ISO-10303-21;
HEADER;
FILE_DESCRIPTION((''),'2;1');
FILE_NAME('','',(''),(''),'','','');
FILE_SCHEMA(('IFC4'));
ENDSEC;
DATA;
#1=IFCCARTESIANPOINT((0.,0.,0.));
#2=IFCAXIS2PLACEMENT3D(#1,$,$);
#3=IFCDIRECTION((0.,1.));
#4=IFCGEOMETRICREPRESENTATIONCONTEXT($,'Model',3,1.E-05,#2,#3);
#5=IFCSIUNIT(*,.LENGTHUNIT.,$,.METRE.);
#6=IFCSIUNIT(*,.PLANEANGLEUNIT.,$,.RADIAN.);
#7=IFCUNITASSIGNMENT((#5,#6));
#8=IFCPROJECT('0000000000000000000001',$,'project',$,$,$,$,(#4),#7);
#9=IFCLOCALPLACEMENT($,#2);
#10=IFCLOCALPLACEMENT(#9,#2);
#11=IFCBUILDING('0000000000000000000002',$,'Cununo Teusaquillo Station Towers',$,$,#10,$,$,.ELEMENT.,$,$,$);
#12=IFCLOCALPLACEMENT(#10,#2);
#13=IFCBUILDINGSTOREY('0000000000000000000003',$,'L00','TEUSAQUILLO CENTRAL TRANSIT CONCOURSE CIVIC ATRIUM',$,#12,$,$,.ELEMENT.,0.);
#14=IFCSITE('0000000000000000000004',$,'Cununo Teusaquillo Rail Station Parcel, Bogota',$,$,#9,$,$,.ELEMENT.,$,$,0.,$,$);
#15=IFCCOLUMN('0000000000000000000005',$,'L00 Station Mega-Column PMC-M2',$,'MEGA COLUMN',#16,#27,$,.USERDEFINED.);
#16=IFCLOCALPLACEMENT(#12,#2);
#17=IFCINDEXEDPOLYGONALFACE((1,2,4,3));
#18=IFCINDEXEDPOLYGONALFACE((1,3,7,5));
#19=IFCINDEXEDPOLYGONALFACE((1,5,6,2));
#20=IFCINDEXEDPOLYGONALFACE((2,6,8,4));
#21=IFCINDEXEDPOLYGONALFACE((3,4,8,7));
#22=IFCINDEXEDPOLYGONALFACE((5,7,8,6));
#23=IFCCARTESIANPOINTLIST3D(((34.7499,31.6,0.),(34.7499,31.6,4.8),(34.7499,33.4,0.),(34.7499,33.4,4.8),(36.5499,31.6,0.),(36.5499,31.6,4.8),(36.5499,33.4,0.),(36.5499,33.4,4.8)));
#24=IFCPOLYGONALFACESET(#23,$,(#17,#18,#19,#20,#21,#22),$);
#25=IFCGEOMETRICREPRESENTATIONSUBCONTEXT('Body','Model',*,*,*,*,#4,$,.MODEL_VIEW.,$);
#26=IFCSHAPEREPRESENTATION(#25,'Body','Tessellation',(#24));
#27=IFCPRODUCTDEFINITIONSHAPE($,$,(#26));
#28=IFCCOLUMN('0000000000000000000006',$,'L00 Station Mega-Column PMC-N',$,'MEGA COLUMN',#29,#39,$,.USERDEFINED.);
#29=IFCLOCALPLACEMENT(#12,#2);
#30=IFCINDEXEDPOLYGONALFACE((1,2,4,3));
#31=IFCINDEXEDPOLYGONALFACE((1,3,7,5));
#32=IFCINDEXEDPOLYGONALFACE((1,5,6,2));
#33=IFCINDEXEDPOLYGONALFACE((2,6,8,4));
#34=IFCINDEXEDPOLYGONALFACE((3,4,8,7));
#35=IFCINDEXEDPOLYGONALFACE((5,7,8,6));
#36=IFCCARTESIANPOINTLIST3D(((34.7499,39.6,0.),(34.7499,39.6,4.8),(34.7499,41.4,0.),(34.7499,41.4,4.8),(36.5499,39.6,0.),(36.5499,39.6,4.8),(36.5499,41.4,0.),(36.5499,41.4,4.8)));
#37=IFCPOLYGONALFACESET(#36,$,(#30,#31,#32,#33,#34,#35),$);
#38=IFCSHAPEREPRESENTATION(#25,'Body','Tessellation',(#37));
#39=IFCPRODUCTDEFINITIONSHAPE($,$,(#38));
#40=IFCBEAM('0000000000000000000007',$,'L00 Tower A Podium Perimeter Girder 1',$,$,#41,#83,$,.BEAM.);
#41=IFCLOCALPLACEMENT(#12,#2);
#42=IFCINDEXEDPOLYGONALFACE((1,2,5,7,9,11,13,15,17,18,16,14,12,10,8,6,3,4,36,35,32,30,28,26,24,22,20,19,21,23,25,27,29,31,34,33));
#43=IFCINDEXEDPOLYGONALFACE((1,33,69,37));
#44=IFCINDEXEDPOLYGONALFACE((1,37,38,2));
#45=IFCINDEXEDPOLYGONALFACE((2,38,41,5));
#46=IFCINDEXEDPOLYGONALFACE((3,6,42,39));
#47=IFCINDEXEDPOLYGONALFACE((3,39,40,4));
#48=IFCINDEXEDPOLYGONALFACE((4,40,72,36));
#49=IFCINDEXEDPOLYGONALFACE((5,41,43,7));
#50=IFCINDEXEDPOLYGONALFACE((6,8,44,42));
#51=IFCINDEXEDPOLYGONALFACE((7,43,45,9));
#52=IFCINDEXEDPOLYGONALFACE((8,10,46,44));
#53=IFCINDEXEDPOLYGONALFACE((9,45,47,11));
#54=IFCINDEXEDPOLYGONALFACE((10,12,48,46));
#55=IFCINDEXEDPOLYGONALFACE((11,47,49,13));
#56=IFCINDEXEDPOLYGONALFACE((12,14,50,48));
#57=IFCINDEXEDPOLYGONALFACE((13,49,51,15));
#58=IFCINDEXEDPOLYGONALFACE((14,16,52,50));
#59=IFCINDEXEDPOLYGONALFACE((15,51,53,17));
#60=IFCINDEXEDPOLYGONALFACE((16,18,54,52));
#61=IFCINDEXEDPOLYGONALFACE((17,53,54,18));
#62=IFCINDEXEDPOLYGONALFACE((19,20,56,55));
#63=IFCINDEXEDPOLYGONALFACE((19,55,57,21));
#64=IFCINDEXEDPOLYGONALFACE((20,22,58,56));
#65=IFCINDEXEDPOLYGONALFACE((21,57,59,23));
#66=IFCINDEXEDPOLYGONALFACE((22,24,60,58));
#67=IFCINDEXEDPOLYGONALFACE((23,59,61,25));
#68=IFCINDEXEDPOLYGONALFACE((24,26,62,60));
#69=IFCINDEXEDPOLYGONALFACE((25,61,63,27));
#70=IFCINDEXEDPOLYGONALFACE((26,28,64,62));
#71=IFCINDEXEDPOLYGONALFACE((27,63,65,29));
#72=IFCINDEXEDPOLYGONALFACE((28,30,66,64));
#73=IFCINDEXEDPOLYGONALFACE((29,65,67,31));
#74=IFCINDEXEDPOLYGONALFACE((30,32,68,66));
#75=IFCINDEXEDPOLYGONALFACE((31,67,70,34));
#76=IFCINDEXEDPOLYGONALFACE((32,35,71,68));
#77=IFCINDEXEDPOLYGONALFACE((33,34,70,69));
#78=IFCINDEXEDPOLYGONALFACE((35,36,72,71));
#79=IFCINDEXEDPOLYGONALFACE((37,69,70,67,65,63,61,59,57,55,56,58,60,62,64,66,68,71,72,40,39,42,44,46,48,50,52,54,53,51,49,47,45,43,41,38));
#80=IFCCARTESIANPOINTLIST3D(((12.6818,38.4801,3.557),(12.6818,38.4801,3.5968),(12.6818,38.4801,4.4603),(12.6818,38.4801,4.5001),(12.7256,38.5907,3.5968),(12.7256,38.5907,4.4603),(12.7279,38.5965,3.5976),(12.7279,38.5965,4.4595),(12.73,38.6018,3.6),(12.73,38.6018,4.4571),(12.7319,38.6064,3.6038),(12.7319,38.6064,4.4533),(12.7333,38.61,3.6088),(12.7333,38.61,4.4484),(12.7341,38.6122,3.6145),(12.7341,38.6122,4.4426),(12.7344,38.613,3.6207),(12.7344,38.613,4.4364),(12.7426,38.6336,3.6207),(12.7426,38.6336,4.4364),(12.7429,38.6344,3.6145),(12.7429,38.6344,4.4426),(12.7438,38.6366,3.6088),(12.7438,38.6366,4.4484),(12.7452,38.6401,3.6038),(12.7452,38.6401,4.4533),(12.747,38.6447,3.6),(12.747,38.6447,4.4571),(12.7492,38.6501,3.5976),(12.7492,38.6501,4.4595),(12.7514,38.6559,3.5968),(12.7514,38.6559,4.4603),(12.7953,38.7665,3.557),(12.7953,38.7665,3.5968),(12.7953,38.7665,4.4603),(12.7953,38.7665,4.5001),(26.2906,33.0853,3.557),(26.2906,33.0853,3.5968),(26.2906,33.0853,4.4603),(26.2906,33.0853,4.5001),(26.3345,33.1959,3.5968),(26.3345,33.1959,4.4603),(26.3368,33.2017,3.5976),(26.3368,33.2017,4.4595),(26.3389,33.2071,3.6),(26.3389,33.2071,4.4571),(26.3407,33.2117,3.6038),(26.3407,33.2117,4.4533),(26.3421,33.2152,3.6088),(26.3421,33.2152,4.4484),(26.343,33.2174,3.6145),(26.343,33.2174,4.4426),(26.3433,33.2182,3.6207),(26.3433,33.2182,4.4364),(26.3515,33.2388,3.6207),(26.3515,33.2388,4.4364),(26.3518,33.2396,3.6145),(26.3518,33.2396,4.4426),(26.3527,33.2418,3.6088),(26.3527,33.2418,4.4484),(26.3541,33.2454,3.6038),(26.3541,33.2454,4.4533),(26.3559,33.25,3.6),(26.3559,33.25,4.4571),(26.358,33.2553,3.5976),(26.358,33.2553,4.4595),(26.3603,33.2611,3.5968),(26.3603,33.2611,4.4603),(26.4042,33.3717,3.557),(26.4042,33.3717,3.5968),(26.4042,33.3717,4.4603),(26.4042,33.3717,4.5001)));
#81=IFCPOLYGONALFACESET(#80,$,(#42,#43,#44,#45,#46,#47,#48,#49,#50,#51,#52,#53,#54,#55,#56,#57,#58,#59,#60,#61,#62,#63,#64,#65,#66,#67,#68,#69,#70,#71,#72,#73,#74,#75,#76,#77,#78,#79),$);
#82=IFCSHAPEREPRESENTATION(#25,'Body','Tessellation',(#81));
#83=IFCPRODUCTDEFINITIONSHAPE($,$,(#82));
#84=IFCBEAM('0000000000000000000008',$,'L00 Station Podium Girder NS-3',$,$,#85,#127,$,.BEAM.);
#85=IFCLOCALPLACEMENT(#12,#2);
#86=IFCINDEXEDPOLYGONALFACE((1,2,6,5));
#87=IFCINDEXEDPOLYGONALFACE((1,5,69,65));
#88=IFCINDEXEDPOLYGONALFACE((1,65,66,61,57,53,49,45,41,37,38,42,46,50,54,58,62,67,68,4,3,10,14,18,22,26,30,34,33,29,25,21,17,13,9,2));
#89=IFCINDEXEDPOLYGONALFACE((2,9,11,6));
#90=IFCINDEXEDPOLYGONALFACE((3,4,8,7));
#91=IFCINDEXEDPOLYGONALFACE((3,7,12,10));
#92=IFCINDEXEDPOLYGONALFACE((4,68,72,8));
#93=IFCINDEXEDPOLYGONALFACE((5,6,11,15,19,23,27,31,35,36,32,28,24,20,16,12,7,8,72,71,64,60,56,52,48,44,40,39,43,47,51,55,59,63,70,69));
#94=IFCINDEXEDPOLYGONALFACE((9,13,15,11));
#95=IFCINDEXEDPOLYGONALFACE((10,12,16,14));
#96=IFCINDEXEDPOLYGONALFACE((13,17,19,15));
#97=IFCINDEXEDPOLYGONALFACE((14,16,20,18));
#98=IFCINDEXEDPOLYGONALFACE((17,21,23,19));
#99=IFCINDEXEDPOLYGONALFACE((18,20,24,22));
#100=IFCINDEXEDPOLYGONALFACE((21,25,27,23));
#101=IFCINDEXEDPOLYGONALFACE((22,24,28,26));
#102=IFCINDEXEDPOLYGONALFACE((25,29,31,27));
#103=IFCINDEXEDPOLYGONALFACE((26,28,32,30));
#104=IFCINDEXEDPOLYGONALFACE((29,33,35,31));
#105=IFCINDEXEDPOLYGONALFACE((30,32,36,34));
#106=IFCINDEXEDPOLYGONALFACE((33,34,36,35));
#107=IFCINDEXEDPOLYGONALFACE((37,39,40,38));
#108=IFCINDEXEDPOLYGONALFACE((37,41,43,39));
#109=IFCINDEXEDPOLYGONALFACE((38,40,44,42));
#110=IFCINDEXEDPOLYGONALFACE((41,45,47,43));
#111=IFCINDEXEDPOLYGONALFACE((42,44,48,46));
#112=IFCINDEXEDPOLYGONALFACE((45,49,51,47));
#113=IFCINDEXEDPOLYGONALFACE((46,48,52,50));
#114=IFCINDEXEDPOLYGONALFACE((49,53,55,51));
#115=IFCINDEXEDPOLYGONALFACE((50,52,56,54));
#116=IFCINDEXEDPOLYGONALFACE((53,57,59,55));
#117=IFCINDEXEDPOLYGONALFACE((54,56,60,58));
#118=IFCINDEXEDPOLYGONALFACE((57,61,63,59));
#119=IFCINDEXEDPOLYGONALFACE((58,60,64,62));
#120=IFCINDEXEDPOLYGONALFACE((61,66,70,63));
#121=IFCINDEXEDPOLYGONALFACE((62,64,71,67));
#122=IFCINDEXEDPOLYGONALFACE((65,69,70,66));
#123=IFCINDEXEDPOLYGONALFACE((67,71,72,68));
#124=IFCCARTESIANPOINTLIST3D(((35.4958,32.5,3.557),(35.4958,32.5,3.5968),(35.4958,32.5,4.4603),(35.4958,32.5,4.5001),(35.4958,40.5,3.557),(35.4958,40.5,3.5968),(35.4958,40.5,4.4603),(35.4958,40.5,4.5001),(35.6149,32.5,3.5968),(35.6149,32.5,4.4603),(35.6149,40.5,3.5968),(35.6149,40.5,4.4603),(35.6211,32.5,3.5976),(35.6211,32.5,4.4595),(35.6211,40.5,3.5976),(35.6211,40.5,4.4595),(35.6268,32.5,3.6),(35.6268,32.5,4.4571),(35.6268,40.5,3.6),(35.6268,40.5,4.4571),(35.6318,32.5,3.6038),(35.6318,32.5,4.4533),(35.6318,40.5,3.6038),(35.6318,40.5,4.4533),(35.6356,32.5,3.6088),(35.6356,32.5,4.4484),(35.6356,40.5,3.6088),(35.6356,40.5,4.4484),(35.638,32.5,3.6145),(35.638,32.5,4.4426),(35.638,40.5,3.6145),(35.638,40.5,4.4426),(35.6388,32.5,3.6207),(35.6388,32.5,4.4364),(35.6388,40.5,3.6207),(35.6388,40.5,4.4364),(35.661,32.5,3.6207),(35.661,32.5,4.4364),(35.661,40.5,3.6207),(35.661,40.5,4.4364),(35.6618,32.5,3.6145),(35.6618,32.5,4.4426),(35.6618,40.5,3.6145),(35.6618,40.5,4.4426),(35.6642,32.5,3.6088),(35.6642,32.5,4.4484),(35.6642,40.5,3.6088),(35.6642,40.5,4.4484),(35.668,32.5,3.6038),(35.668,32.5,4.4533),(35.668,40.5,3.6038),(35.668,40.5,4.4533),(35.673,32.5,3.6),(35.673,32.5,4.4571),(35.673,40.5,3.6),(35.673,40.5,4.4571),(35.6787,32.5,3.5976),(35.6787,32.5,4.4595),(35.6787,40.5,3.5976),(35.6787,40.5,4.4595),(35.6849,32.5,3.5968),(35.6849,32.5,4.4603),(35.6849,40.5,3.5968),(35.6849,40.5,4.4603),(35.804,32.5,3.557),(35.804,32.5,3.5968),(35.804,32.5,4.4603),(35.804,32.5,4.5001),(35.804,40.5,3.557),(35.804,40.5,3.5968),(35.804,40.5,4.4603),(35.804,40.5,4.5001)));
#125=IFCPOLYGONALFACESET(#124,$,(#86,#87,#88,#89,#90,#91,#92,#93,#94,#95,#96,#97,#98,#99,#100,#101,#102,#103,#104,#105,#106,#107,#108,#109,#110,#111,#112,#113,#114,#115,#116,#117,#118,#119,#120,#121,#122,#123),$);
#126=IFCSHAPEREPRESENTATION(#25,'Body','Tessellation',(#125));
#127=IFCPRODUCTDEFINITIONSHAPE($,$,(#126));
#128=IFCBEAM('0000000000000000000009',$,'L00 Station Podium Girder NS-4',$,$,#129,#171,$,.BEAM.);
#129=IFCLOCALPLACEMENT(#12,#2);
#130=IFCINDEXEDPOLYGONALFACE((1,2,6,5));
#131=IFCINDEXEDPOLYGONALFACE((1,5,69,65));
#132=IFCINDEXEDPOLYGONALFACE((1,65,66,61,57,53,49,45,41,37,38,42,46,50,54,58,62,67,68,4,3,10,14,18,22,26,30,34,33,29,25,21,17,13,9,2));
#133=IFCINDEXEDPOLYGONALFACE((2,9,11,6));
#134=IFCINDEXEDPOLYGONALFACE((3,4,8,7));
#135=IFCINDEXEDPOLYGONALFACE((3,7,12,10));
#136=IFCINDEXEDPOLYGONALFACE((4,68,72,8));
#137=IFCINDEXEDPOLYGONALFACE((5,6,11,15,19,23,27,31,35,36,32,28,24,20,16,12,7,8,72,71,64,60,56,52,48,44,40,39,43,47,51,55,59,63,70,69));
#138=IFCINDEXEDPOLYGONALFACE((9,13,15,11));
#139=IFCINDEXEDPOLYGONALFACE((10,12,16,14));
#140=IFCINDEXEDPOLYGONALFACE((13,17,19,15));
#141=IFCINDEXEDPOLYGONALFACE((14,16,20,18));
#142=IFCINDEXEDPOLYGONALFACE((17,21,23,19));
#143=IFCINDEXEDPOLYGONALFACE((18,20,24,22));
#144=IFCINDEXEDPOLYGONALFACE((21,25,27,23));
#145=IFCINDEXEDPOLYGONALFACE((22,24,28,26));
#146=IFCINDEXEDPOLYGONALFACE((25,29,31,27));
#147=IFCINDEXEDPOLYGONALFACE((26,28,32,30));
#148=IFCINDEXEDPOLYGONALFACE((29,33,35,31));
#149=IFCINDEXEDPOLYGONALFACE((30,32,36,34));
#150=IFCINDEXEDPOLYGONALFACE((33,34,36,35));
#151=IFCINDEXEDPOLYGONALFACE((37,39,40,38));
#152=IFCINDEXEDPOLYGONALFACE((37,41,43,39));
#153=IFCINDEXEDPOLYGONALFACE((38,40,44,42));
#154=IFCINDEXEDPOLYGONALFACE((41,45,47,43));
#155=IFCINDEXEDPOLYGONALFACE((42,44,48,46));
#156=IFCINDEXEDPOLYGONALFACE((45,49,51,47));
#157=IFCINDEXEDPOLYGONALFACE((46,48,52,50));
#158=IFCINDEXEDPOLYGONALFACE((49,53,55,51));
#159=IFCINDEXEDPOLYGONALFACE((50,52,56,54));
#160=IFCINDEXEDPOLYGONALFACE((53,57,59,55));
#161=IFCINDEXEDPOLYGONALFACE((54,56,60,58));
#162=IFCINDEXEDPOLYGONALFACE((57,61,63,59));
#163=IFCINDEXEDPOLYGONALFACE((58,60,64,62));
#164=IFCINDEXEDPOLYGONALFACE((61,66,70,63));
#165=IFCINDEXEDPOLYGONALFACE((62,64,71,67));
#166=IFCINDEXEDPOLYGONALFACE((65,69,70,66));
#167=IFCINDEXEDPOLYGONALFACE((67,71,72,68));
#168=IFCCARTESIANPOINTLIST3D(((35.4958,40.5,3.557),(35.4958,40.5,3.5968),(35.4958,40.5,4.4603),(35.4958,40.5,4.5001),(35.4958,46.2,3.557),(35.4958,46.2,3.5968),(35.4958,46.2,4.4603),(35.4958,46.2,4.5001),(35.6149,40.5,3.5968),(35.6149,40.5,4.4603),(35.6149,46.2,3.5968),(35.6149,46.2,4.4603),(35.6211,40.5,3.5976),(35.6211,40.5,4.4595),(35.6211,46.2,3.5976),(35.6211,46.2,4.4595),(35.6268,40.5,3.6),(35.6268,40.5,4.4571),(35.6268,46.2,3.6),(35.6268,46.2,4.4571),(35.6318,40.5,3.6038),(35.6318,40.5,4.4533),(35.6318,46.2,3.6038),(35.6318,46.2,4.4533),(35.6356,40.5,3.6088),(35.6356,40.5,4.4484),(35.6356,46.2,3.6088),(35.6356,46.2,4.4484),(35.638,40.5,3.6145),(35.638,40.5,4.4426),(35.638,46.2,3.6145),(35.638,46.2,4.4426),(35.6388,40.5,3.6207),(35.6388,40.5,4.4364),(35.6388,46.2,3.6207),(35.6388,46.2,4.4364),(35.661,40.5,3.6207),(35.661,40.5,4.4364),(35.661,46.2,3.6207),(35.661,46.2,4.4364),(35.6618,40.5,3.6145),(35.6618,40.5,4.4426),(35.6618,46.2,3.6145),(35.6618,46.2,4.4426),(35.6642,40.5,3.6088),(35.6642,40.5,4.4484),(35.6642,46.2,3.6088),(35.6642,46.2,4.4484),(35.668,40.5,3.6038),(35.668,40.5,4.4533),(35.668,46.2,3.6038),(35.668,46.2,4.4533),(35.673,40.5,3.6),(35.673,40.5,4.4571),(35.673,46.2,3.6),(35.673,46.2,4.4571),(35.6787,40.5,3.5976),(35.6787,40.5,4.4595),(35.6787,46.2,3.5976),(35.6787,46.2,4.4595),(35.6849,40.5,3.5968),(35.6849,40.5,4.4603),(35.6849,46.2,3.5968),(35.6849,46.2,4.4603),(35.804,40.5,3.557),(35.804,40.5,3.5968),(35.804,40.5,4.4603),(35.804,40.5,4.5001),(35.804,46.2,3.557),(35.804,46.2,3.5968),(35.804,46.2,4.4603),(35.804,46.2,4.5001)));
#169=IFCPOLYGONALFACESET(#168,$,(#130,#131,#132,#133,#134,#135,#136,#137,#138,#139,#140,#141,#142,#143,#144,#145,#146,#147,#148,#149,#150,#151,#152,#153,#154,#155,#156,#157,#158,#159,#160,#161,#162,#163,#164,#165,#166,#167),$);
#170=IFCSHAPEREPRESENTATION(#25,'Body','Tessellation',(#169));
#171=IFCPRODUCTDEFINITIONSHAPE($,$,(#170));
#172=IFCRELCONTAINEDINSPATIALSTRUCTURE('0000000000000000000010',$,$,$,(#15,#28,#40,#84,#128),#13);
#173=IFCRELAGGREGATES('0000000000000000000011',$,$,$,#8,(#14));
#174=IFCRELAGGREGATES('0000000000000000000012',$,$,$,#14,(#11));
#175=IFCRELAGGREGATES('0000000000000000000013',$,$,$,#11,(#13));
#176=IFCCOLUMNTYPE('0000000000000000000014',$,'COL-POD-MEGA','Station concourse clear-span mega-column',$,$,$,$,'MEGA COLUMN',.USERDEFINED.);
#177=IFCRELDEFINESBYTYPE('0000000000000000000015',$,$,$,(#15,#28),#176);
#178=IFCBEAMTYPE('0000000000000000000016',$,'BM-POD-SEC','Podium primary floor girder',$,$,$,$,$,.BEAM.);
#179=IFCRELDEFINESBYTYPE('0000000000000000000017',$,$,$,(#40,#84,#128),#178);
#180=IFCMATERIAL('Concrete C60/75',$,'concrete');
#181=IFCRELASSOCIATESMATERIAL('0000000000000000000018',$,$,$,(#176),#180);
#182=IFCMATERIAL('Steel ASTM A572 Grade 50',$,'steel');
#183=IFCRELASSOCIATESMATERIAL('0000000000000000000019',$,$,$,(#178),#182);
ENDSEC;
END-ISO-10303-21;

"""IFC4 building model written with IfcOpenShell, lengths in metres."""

from ifc_helpers import new_model, si_unit, direction, frame, origin, origin_2d, place, context, subcontext, project, spatial, rectangle, i_section, extrude, material, material_profile, profile_set, type_object, element, save


model = new_model("IFC4")

# Units and contexts
model_context = context("Model", 3, precision=1e-05, world=origin(), true_north=direction((0.0, 1.0)))
body_context = subcontext(model_context, "Body", "Model", "MODEL_VIEW")
ifc_project = project(units=[si_unit("LENGTHUNIT", "METRE"), si_unit("PLANEANGLEUNIT", "RADIAN")], contexts=[model_context])

# Site, building, storey
site_placement = place(None, origin())
site = spatial("IfcSite", under=ifc_project, at=site_placement, Name="Cununo Teusaquillo Rail Station Parcel, Bogota", CompositionType="ELEMENT", RefElevation=0.0)
building_placement = place(site_placement, origin())
building = spatial("IfcBuilding", under=site, at=building_placement, Name="Cununo Teusaquillo Station Towers", CompositionType="ELEMENT")
storey_placement = place(building_placement, origin())
storey = spatial("IfcBuildingStorey", under=building, at=storey_placement, Name="L00", Description="TEUSAQUILLO CENTRAL TRANSIT CONCOURSE CIVIC ATRIUM", CompositionType="ELEMENT", Elevation=0.0)

# Columns
ifc_material_1 = material(Name="Concrete C60/75", Category="concrete")
ifc_material_profile_1 = material_profile(ifc_material_1, rectangle(XDim=1.8, YDim=1.8, at=origin_2d()), Name="RC-RECT-1800x1800")
ifc_profile_set_1 = profile_set([ifc_material_profile_1], Name="Concrete C60/75")
column_type = type_object("IfcColumnType", Name="COL-POD-MEGA", Description="Station concourse clear-span mega-column", ElementType="MEGA COLUMN", PredefinedType="USERDEFINED", material=ifc_profile_set_1)
for number, where, z_axis, x_axis, name in (
    (1, (35.6499, 32.5, 0.0), (0.0, 0.0, 1.0), (1.0, 0.0, 0.0), "L00 Station Mega-Column PMC-M2"),
    (2, (35.6499, 40.5, 0.0), (0.0, 0.0, 1.0), (1.0, 0.0, 0.0), "L00 Station Mega-Column PMC-N"),
):
    element("IfcColumn", number, at=place(storey_placement, frame(where, z_axis=z_axis, x_axis=x_axis)), inside=storey, type_object=column_type, Name=name, ObjectType="MEGA COLUMN", PredefinedType="USERDEFINED", context=body_context, shape_type="SweptSolid", body=[
        extrude(rectangle(XDim=1.8, YDim=1.8, at=origin_2d()), origin(), (0.0, 0.0, 1.0), 4.8),
    ])

# Beams
ifc_material_2 = material(Name="Steel ASTM A572 Grade 50", Category="steel")
ifc_material_profile_2 = material_profile(ifc_material_2, i_section(OverallWidth=0.3081, OverallDepth=0.9431, WebThickness=0.0222, FlangeThickness=0.0398, FilletRadius=0.0239, at=origin_2d()), Name="W36X232")
ifc_profile_set_2 = profile_set([ifc_material_profile_2], Name="Steel ASTM A572 Grade 50")
beam_type_1 = type_object("IfcBeamType", Name="BM-POD-SEC", Description="Podium primary floor girder", PredefinedType="BEAM", material=ifc_profile_set_2)
beam_1_placement = place(storey_placement, frame((26.3474, 33.2285, 4.0286), z_axis=(-0.929621, 0.368516, 0.0), x_axis=(-0.368516, -0.929621, 0.0)))
element("IfcBeam", 3, at=beam_1_placement, inside=storey, type_object=beam_type_1, Name="L00 Tower A Podium Perimeter Girder 1", PredefinedType="BEAM", context=body_context, shape_type="SweptSolid", body=[
    extrude(i_section(OverallWidth=0.3081, OverallDepth=0.9431, WebThickness=0.0222, FlangeThickness=0.0398, FilletRadius=0.0239, at=origin_2d()), origin(), (0.0, 0.0, 1.0), 14.6392),
])
beam_2_placement = place(storey_placement, frame((35.6499, 32.5, 4.0286), z_axis=(0.0, 1.0, 0.0), x_axis=(-1.0, 0.0, 0.0)))
element("IfcBeam", 4, at=beam_2_placement, inside=storey, type_object=beam_type_1, Name="L00 Station Podium Girder NS-3", PredefinedType="BEAM", context=body_context, shape_type="SweptSolid", body=[
    extrude(i_section(OverallWidth=0.3081, OverallDepth=0.9431, WebThickness=0.0222, FlangeThickness=0.0398, FilletRadius=0.0239, at=origin_2d()), origin(), (0.0, 0.0, 1.0), 8.0),
])
beam_3_placement = place(storey_placement, frame((35.6499, 40.5, 4.0286), z_axis=(0.0, 1.0, 0.0), x_axis=(-1.0, 0.0, 0.0)))
element("IfcBeam", 5, at=beam_3_placement, inside=storey, type_object=beam_type_1, Name="L00 Station Podium Girder NS-4", PredefinedType="BEAM", context=body_context, shape_type="SweptSolid", body=[
    extrude(i_section(OverallWidth=0.3081, OverallDepth=0.9431, WebThickness=0.0222, FlangeThickness=0.0398, FilletRadius=0.0239, at=origin_2d()), origin(), (0.0, 0.0, 1.0), 5.7),
])

save(model, "model.ifc")
